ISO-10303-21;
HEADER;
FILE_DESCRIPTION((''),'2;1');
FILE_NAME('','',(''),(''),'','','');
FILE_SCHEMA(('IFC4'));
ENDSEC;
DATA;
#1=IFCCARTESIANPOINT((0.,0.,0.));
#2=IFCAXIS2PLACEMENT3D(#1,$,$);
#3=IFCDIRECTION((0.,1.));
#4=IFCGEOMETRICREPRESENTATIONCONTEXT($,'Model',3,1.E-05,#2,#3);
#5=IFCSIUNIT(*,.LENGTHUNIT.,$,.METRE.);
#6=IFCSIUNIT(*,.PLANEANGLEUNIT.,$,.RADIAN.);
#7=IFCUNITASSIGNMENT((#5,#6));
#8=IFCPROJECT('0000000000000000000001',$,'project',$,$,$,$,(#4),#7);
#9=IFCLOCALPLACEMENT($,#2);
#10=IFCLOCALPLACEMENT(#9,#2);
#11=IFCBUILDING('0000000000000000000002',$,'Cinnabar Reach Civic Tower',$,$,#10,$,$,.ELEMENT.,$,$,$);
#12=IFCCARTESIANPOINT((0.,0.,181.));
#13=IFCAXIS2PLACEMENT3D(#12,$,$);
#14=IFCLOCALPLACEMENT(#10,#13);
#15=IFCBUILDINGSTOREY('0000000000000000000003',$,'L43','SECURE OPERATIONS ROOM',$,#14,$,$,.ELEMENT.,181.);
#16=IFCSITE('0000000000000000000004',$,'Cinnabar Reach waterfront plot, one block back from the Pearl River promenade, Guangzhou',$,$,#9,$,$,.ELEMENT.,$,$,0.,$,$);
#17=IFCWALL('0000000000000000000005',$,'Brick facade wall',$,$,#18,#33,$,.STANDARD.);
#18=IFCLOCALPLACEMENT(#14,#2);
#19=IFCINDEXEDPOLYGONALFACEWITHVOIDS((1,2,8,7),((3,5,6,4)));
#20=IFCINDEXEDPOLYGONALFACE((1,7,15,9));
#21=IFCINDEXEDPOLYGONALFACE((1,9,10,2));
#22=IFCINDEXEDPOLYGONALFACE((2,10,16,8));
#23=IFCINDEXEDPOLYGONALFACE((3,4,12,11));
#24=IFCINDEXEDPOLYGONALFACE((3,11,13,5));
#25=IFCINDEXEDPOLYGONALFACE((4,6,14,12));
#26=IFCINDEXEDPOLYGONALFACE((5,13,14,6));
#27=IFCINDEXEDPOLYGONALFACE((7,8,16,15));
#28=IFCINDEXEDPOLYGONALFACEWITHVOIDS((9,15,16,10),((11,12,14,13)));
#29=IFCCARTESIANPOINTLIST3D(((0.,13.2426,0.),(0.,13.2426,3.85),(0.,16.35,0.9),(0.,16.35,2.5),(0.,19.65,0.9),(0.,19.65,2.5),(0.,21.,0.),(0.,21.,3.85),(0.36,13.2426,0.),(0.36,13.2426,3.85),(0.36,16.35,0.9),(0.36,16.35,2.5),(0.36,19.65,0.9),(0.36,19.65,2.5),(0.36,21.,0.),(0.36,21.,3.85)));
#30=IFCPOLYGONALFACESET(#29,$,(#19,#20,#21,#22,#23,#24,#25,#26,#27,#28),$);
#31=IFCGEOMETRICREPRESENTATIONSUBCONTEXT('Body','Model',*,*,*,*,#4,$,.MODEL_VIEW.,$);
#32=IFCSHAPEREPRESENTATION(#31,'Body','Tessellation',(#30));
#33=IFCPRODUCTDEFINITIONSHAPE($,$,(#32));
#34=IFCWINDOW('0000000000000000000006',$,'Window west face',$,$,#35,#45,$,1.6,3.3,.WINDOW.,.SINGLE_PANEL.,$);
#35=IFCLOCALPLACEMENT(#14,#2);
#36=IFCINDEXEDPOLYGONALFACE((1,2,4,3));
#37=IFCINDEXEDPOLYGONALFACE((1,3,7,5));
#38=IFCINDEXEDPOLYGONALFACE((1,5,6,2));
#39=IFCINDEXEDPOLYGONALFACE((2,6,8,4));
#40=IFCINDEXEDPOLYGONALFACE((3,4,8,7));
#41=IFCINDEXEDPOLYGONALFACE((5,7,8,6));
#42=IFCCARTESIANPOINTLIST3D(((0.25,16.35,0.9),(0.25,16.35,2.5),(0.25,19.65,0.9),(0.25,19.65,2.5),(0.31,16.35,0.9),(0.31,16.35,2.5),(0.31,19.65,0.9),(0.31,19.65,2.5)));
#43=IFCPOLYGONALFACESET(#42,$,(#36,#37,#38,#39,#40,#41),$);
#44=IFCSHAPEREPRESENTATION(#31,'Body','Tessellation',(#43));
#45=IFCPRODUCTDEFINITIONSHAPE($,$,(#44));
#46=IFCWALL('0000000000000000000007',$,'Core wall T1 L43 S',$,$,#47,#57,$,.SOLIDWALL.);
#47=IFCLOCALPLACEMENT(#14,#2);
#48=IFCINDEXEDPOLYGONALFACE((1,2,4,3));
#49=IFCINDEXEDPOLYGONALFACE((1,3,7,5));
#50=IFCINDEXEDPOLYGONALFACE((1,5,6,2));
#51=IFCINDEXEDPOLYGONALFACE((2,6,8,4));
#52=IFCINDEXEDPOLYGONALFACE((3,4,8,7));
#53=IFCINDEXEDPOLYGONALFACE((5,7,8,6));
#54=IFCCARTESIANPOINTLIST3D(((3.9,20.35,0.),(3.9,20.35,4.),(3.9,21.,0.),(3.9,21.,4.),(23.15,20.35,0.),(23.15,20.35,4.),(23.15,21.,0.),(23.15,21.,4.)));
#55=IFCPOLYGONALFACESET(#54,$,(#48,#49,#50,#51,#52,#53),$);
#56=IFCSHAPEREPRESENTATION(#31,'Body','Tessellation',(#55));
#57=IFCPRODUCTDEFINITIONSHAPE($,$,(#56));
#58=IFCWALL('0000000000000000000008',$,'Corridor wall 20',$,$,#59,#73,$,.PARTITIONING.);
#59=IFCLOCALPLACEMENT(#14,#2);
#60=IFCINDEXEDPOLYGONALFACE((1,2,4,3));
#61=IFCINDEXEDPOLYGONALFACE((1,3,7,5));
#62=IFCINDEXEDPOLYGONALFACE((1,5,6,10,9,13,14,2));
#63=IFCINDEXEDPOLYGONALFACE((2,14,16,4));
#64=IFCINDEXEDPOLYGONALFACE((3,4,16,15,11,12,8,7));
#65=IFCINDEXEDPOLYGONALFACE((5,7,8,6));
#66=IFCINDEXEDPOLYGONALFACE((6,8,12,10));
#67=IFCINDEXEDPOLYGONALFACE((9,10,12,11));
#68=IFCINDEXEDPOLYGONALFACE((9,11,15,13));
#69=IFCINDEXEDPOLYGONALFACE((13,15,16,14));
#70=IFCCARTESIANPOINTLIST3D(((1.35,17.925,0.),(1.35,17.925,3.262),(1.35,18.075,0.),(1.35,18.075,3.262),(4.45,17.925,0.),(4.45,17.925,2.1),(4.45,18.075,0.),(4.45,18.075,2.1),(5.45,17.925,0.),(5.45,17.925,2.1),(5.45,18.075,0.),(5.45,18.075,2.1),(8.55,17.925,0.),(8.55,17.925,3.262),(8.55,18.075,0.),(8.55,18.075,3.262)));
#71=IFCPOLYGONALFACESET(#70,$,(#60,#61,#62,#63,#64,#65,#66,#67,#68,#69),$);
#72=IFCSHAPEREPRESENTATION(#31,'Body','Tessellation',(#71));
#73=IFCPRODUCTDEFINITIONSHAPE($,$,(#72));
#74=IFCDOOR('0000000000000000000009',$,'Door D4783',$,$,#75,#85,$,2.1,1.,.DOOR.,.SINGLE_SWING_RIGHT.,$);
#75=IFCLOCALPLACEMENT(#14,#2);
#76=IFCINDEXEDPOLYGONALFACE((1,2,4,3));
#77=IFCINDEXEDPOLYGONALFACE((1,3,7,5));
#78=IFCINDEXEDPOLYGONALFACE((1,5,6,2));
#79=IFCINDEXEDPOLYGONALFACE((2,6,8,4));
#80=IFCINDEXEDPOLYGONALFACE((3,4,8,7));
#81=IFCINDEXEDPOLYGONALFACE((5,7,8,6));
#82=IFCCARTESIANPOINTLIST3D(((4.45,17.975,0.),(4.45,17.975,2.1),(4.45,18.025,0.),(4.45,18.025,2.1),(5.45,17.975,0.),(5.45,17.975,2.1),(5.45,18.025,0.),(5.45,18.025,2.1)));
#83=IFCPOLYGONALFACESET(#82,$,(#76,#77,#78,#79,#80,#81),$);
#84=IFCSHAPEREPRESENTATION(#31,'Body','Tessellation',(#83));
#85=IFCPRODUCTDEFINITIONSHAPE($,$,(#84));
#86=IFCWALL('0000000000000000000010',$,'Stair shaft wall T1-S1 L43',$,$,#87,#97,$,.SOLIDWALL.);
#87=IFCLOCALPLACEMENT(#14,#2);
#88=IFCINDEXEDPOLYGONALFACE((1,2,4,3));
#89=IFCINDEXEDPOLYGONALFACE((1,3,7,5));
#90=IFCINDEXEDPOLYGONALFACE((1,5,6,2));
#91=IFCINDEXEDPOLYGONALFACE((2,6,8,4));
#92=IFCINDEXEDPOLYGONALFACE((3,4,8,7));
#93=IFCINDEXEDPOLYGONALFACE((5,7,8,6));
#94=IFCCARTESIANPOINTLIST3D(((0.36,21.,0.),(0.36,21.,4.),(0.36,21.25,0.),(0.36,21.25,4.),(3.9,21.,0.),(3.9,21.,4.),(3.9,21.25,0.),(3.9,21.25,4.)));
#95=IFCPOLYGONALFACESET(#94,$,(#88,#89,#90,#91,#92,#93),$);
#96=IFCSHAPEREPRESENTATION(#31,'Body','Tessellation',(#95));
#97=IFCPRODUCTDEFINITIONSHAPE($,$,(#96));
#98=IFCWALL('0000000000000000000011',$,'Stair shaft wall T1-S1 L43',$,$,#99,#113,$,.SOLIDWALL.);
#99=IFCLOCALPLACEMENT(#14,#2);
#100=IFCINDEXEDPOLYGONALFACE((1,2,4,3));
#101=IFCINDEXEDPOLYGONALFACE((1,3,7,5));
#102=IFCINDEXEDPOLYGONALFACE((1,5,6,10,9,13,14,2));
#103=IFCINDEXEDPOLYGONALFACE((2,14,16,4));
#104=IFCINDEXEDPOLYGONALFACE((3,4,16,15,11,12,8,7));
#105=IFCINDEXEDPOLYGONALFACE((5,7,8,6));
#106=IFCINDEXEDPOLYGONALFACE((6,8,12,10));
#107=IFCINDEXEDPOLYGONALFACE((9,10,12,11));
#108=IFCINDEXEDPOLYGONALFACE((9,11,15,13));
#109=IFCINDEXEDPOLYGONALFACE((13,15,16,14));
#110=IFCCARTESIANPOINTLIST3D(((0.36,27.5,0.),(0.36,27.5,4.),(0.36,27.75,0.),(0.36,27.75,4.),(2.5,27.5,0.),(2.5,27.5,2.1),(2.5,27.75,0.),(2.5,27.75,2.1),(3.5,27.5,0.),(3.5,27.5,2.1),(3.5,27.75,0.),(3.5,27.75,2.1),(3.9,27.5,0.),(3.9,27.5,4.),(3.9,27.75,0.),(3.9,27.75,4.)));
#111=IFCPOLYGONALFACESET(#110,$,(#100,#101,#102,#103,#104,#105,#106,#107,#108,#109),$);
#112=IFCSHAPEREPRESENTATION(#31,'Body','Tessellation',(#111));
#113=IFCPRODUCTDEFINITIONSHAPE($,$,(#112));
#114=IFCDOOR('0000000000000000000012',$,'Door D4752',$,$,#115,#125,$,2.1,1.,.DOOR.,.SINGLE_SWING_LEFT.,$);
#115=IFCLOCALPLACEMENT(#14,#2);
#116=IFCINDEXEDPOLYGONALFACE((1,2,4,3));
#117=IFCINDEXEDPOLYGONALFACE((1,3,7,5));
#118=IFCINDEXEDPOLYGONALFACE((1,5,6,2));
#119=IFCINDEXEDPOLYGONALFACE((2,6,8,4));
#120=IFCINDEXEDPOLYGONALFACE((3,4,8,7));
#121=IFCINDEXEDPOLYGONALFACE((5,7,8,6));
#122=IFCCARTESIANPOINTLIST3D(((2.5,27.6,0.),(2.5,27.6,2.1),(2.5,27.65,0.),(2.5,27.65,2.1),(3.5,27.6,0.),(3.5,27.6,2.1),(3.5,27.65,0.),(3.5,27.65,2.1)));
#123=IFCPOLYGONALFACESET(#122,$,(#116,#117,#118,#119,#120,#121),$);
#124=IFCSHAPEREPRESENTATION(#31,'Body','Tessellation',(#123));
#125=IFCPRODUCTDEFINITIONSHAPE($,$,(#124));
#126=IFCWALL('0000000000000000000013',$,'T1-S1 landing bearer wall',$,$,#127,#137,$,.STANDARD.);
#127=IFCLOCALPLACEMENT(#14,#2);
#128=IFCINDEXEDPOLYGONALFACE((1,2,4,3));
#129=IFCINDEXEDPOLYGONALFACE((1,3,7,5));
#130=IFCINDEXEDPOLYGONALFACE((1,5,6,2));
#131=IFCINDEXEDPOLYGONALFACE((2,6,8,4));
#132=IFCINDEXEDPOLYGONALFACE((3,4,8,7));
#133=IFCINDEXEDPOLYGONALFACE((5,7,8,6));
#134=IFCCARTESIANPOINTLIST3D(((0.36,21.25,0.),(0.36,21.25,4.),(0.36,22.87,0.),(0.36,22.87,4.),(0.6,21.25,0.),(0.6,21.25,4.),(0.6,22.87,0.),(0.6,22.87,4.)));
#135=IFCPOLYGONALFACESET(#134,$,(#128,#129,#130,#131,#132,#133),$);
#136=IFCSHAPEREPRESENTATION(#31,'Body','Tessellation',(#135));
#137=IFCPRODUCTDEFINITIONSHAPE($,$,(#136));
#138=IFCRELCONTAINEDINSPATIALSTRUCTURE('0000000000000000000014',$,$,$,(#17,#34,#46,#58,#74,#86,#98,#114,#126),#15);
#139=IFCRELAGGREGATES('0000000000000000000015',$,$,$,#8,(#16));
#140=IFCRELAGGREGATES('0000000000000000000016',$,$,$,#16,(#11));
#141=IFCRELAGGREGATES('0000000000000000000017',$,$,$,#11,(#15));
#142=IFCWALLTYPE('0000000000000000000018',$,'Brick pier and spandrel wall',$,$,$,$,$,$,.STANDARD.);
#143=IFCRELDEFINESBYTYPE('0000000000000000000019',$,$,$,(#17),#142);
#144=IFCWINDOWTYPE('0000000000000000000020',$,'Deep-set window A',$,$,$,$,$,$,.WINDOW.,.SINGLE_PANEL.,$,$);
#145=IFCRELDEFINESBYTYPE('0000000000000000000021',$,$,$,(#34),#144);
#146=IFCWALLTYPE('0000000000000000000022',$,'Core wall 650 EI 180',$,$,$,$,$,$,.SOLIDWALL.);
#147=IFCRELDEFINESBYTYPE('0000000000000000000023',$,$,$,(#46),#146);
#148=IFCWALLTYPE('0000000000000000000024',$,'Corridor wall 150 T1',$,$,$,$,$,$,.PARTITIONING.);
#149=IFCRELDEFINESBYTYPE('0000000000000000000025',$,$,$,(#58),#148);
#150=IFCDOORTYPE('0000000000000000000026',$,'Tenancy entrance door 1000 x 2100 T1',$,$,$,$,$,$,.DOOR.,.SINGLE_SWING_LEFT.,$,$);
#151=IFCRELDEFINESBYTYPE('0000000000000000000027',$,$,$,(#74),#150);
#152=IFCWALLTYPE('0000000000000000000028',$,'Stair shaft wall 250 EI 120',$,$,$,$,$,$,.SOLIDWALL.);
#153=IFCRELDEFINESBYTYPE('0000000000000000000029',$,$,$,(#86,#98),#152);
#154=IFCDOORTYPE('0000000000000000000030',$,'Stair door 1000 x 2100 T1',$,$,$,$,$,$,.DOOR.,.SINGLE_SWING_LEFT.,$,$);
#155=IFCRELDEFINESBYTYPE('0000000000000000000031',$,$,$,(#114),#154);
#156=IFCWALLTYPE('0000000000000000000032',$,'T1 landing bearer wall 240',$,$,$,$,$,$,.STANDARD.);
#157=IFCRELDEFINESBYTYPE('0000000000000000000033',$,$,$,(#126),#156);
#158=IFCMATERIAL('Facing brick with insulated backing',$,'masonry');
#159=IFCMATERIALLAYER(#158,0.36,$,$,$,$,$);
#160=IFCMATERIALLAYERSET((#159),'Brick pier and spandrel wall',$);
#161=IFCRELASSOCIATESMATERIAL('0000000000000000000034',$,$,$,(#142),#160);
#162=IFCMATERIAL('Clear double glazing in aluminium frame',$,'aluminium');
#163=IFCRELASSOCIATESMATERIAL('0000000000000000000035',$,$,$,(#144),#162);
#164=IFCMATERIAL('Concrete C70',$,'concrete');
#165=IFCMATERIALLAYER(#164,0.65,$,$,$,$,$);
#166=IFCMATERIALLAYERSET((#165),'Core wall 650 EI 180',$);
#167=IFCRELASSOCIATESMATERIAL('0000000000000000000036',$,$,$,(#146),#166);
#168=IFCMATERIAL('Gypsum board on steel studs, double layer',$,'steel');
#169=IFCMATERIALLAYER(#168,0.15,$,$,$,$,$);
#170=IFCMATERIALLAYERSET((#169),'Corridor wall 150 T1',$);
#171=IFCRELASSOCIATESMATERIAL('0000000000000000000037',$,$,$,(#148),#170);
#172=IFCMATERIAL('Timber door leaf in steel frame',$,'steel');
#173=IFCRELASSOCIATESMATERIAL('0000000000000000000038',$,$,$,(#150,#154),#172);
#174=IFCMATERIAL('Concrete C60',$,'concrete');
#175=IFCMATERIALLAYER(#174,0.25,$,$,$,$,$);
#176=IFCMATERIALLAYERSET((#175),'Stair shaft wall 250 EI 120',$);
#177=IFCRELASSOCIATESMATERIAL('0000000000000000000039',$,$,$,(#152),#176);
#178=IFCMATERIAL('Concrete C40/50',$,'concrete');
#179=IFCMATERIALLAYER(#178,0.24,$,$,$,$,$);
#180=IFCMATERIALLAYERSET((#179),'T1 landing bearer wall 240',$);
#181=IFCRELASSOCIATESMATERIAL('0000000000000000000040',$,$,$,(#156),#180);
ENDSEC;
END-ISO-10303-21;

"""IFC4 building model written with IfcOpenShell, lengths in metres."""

from ifc_helpers import new_model, si_unit, direction, frame, frame_2d, origin, place, context, subcontext, project, spatial, rectangle, extrude, material, layer, layer_set, type_object, element, fill, save


model = new_model("IFC4")

# Units and contexts
model_context = context("Model", 3, precision=1e-05, world=origin(), true_north=direction((0.0, 1.0)))
body_context = subcontext(model_context, "Body", "Model", "MODEL_VIEW")
ifc_project = project(units=[si_unit("LENGTHUNIT", "METRE"), si_unit("PLANEANGLEUNIT", "RADIAN")], contexts=[model_context])

# Site, building, storey
site_placement = place(None, origin())
site = spatial("IfcSite", under=ifc_project, at=site_placement, Name="Cinnabar Reach waterfront plot, one block back from the Pearl River promenade, Guangzhou", CompositionType="ELEMENT", RefElevation=0.0)
building_placement = place(site_placement, origin())
building = spatial("IfcBuilding", under=site, at=building_placement, Name="Cinnabar Reach Civic Tower", CompositionType="ELEMENT")
storey_placement = place(building_placement, frame((0.0, 0.0, 181.0)))
storey = spatial("IfcBuildingStorey", under=building, at=storey_placement, Name="L43", Description="SECURE OPERATIONS ROOM", CompositionType="ELEMENT", Elevation=181.0)

# Shared definitions
ifc_material_1 = material(Name="Concrete C70", Category="concrete")

# Shared definitions
ifc_material_2 = material(Name="Facing brick with insulated backing", Category="masonry")
ifc_layer_1 = layer(ifc_material_2, 0.36)
ifc_layer_set_1 = layer_set([ifc_layer_1], Name="Brick pier and spandrel wall")
wall_type_1 = type_object("IfcWallType", Name="Brick pier and spandrel wall", PredefinedType="STANDARD", material=ifc_layer_set_1)

# Wall, opening, window
wall_1_placement = place(storey_placement, frame((0.18, 21.0, 0.0), z_axis=(0.0, 0.0, 1.0), x_axis=(0.0, -1.0, 0.0)))
wall_1 = element("IfcWall", 1, at=wall_1_placement, inside=storey, type_object=wall_type_1, Name="Brick facade wall", PredefinedType="STANDARD", context=body_context, shape_type="SweptSolid", body=[
    extrude(rectangle(XDim=7.7574, YDim=0.36, at=frame_2d((3.8787, 0.0))), origin(), (0.0, 0.0, 1.0), 3.85),
])
opening_1_placement = place(wall_1_placement, frame((1.35, 0.0, 0.9)))
opening_1 = element("IfcOpeningElement", 2, at=opening_1_placement, cuts=wall_1, PredefinedType="OPENING", context=body_context, shape_type="SweptSolid", body=[
    extrude(rectangle(XDim=3.3, YDim=1.6, at=frame_2d((1.65, 0.8))), frame((0.0, 0.19, 0.0), z_axis=(0.0, -1.0, 0.0), x_axis=(1.0, 0.0, 0.0)), (0.0, 0.0, 1.0), 0.38),
])
ifc_material_3 = material(Name="Clear double glazing in aluminium frame", Category="aluminium")
window_type = type_object("IfcWindowType", Name="Deep-set window A", PartitioningType="SINGLE_PANEL", PredefinedType="WINDOW", material=ifc_material_3)
window_placement = place(opening_1_placement, origin())
window = element("IfcWindow", 3, at=window_placement, inside=storey, type_object=window_type, Name="Window west face", OverallHeight=1.6, OverallWidth=3.3, PartitioningType="SINGLE_PANEL", PredefinedType="WINDOW", context=body_context, shape_type="SweptSolid", body=[
    extrude(rectangle(XDim=3.3, YDim=1.6, at=frame_2d((1.65, 0.8))), frame((0.0, 0.13, 0.0), z_axis=(0.0, -1.0, 0.0), x_axis=(1.0, 0.0, 0.0)), (0.0, 0.0, 1.0), 0.06),
])
fill(opening_1, window)

# Wall
ifc_layer_2 = layer(ifc_material_1, 0.65)
ifc_layer_set_2 = layer_set([ifc_layer_2], Name="Core wall 650 EI 180")
wall_type_2 = type_object("IfcWallType", Name="Core wall 650 EI 180", PredefinedType="SOLIDWALL", material=ifc_layer_set_2)
wall_2_placement = place(storey_placement, frame((3.9, 20.675, 0.0), z_axis=(0.0, 0.0, 1.0), x_axis=(1.0, 0.0, 0.0)))
element("IfcWall", 4, at=wall_2_placement, inside=storey, type_object=wall_type_2, Name="Core wall T1 L43 S", PredefinedType="SOLIDWALL", context=body_context, shape_type="SweptSolid", body=[
    extrude(rectangle(XDim=19.25, YDim=0.65, at=frame_2d((9.625, 0.0))), origin(), (0.0, 0.0, 1.0), 4.0),
])

# Wall, opening, door
ifc_material_4 = material(Name="Gypsum board on steel studs, double layer", Category="steel")
ifc_layer_3 = layer(ifc_material_4, 0.15)
ifc_layer_set_3 = layer_set([ifc_layer_3], Name="Corridor wall 150 T1")
wall_type_3 = type_object("IfcWallType", Name="Corridor wall 150 T1", PredefinedType="PARTITIONING", material=ifc_layer_set_3)
wall_3_placement = place(storey_placement, frame((1.35, 18.0, 0.0), z_axis=(0.0, 0.0, 1.0), x_axis=(1.0, 0.0, 0.0)))
wall_3 = element("IfcWall", 5, at=wall_3_placement, inside=storey, type_object=wall_type_3, Name="Corridor wall 20", PredefinedType="PARTITIONING", context=body_context, shape_type="SweptSolid", body=[
    extrude(rectangle(XDim=7.2, YDim=0.15, at=frame_2d((3.6, 0.0))), origin(), (0.0, 0.0, 1.0), 3.262),
])
opening_2_placement = place(wall_3_placement, frame((3.1, 0.0, 0.0)))
opening_2 = element("IfcOpeningElement", 6, at=opening_2_placement, cuts=wall_3, PredefinedType="OPENING", context=body_context, shape_type="SweptSolid", body=[
    extrude(rectangle(XDim=1.0, YDim=2.1, at=frame_2d((0.5, 1.05))), frame((0.0, 0.085, 0.0), z_axis=(0.0, -1.0, 0.0), x_axis=(1.0, 0.0, 0.0)), (0.0, 0.0, 1.0), 0.17),
])
ifc_material_5 = material(Name="Timber door leaf in steel frame", Category="steel")
door_type_1 = type_object("IfcDoorType", Name="Tenancy entrance door 1000 x 2100 T1", OperationType="SINGLE_SWING_LEFT", PredefinedType="DOOR", material=ifc_material_5)
door_1_placement = place(opening_2_placement, frame((1.0, 0.0, 0.0), z_axis=(0.0, 0.0, 1.0), x_axis=(-1.0, 0.0, 0.0)))
door_1 = element("IfcDoor", 7, at=door_1_placement, inside=storey, type_object=door_type_1, Name="Door D4783", OperationType="SINGLE_SWING_RIGHT", OverallHeight=2.1, OverallWidth=1.0, PredefinedType="DOOR", context=body_context, shape_type="SweptSolid", body=[
    extrude(rectangle(XDim=1.0, YDim=2.1, at=frame_2d((0.5, 1.05))), frame((0.0, 0.025, 0.0), z_axis=(0.0, -1.0, 0.0), x_axis=(1.0, 0.0, 0.0)), (0.0, 0.0, 1.0), 0.05),
])
fill(opening_2, door_1)

# Wall
ifc_material_6 = material(Name="Concrete C60", Category="concrete")
ifc_layer_4 = layer(ifc_material_6, 0.25)
ifc_layer_set_4 = layer_set([ifc_layer_4], Name="Stair shaft wall 250 EI 120")
wall_type_4 = type_object("IfcWallType", Name="Stair shaft wall 250 EI 120", PredefinedType="SOLIDWALL", material=ifc_layer_set_4)
wall_4_placement = place(storey_placement, frame((0.36, 21.125, 0.0), z_axis=(0.0, 0.0, 1.0), x_axis=(1.0, 0.0, 0.0)))
element("IfcWall", 8, at=wall_4_placement, inside=storey, type_object=wall_type_4, Name="Stair shaft wall T1-S1 L43", PredefinedType="SOLIDWALL", context=body_context, shape_type="SweptSolid", body=[
    extrude(rectangle(XDim=3.54, YDim=0.25, at=frame_2d((1.77, 0.0))), origin(), (0.0, 0.0, 1.0), 4.0),
])

# Wall, opening, door
wall_5_placement = place(storey_placement, frame((3.9, 27.625, 0.0), z_axis=(0.0, 0.0, 1.0), x_axis=(-1.0, 0.0, 0.0)))
wall_5 = element("IfcWall", 9, at=wall_5_placement, inside=storey, type_object=wall_type_4, Name="Stair shaft wall T1-S1 L43", PredefinedType="SOLIDWALL", context=body_context, shape_type="SweptSolid", body=[
    extrude(rectangle(XDim=3.54, YDim=0.25, at=frame_2d((1.77, 0.0))), origin(), (0.0, 0.0, 1.0), 4.0),
])
opening_3_placement = place(wall_5_placement, frame((0.4, 0.0, 0.0)))
opening_3 = element("IfcOpeningElement", 10, at=opening_3_placement, cuts=wall_5, PredefinedType="OPENING", context=body_context, shape_type="SweptSolid", body=[
    extrude(rectangle(XDim=1.0, YDim=2.1, at=frame_2d((0.5, 1.05))), frame((0.0, 0.135, 0.0), z_axis=(0.0, -1.0, 0.0), x_axis=(1.0, 0.0, 0.0)), (0.0, 0.0, 1.0), 0.27),
])
door_type_2 = type_object("IfcDoorType", Name="Stair door 1000 x 2100 T1", OperationType="SINGLE_SWING_LEFT", PredefinedType="DOOR", material=ifc_material_5)
door_2_placement = place(opening_3_placement, origin())
door_2 = element("IfcDoor", 11, at=door_2_placement, inside=storey, type_object=door_type_2, Name="Door D4752", OperationType="SINGLE_SWING_LEFT", OverallHeight=2.1, OverallWidth=1.0, PredefinedType="DOOR", context=body_context, shape_type="SweptSolid", body=[
    extrude(rectangle(XDim=1.0, YDim=2.1, at=frame_2d((0.5, 1.05))), frame((0.0, 0.025, 0.0), z_axis=(0.0, -1.0, 0.0), x_axis=(1.0, 0.0, 0.0)), (0.0, 0.0, 1.0), 0.05),
])
fill(opening_3, door_2)

# Wall
ifc_material_7 = material(Name="Concrete C40/50", Category="concrete")
ifc_layer_5 = layer(ifc_material_7, 0.24)
ifc_layer_set_5 = layer_set([ifc_layer_5], Name="T1 landing bearer wall 240")
wall_type_5 = type_object("IfcWallType", Name="T1 landing bearer wall 240", PredefinedType="STANDARD", material=ifc_layer_set_5)
wall_6_placement = place(storey_placement, frame((0.48, 21.25, 0.0), z_axis=(0.0, 0.0, 1.0), x_axis=(0.0, 1.0, 0.0)))
element("IfcWall", 12, at=wall_6_placement, inside=storey, type_object=wall_type_5, Name="T1-S1 landing bearer wall", PredefinedType="STANDARD", context=body_context, shape_type="SweptSolid", body=[
    extrude(rectangle(XDim=1.62, YDim=0.24, at=frame_2d((0.81, 0.0))), origin(), (0.0, 0.0, 1.0), 4.0),
])

save(model, "model.ifc")
